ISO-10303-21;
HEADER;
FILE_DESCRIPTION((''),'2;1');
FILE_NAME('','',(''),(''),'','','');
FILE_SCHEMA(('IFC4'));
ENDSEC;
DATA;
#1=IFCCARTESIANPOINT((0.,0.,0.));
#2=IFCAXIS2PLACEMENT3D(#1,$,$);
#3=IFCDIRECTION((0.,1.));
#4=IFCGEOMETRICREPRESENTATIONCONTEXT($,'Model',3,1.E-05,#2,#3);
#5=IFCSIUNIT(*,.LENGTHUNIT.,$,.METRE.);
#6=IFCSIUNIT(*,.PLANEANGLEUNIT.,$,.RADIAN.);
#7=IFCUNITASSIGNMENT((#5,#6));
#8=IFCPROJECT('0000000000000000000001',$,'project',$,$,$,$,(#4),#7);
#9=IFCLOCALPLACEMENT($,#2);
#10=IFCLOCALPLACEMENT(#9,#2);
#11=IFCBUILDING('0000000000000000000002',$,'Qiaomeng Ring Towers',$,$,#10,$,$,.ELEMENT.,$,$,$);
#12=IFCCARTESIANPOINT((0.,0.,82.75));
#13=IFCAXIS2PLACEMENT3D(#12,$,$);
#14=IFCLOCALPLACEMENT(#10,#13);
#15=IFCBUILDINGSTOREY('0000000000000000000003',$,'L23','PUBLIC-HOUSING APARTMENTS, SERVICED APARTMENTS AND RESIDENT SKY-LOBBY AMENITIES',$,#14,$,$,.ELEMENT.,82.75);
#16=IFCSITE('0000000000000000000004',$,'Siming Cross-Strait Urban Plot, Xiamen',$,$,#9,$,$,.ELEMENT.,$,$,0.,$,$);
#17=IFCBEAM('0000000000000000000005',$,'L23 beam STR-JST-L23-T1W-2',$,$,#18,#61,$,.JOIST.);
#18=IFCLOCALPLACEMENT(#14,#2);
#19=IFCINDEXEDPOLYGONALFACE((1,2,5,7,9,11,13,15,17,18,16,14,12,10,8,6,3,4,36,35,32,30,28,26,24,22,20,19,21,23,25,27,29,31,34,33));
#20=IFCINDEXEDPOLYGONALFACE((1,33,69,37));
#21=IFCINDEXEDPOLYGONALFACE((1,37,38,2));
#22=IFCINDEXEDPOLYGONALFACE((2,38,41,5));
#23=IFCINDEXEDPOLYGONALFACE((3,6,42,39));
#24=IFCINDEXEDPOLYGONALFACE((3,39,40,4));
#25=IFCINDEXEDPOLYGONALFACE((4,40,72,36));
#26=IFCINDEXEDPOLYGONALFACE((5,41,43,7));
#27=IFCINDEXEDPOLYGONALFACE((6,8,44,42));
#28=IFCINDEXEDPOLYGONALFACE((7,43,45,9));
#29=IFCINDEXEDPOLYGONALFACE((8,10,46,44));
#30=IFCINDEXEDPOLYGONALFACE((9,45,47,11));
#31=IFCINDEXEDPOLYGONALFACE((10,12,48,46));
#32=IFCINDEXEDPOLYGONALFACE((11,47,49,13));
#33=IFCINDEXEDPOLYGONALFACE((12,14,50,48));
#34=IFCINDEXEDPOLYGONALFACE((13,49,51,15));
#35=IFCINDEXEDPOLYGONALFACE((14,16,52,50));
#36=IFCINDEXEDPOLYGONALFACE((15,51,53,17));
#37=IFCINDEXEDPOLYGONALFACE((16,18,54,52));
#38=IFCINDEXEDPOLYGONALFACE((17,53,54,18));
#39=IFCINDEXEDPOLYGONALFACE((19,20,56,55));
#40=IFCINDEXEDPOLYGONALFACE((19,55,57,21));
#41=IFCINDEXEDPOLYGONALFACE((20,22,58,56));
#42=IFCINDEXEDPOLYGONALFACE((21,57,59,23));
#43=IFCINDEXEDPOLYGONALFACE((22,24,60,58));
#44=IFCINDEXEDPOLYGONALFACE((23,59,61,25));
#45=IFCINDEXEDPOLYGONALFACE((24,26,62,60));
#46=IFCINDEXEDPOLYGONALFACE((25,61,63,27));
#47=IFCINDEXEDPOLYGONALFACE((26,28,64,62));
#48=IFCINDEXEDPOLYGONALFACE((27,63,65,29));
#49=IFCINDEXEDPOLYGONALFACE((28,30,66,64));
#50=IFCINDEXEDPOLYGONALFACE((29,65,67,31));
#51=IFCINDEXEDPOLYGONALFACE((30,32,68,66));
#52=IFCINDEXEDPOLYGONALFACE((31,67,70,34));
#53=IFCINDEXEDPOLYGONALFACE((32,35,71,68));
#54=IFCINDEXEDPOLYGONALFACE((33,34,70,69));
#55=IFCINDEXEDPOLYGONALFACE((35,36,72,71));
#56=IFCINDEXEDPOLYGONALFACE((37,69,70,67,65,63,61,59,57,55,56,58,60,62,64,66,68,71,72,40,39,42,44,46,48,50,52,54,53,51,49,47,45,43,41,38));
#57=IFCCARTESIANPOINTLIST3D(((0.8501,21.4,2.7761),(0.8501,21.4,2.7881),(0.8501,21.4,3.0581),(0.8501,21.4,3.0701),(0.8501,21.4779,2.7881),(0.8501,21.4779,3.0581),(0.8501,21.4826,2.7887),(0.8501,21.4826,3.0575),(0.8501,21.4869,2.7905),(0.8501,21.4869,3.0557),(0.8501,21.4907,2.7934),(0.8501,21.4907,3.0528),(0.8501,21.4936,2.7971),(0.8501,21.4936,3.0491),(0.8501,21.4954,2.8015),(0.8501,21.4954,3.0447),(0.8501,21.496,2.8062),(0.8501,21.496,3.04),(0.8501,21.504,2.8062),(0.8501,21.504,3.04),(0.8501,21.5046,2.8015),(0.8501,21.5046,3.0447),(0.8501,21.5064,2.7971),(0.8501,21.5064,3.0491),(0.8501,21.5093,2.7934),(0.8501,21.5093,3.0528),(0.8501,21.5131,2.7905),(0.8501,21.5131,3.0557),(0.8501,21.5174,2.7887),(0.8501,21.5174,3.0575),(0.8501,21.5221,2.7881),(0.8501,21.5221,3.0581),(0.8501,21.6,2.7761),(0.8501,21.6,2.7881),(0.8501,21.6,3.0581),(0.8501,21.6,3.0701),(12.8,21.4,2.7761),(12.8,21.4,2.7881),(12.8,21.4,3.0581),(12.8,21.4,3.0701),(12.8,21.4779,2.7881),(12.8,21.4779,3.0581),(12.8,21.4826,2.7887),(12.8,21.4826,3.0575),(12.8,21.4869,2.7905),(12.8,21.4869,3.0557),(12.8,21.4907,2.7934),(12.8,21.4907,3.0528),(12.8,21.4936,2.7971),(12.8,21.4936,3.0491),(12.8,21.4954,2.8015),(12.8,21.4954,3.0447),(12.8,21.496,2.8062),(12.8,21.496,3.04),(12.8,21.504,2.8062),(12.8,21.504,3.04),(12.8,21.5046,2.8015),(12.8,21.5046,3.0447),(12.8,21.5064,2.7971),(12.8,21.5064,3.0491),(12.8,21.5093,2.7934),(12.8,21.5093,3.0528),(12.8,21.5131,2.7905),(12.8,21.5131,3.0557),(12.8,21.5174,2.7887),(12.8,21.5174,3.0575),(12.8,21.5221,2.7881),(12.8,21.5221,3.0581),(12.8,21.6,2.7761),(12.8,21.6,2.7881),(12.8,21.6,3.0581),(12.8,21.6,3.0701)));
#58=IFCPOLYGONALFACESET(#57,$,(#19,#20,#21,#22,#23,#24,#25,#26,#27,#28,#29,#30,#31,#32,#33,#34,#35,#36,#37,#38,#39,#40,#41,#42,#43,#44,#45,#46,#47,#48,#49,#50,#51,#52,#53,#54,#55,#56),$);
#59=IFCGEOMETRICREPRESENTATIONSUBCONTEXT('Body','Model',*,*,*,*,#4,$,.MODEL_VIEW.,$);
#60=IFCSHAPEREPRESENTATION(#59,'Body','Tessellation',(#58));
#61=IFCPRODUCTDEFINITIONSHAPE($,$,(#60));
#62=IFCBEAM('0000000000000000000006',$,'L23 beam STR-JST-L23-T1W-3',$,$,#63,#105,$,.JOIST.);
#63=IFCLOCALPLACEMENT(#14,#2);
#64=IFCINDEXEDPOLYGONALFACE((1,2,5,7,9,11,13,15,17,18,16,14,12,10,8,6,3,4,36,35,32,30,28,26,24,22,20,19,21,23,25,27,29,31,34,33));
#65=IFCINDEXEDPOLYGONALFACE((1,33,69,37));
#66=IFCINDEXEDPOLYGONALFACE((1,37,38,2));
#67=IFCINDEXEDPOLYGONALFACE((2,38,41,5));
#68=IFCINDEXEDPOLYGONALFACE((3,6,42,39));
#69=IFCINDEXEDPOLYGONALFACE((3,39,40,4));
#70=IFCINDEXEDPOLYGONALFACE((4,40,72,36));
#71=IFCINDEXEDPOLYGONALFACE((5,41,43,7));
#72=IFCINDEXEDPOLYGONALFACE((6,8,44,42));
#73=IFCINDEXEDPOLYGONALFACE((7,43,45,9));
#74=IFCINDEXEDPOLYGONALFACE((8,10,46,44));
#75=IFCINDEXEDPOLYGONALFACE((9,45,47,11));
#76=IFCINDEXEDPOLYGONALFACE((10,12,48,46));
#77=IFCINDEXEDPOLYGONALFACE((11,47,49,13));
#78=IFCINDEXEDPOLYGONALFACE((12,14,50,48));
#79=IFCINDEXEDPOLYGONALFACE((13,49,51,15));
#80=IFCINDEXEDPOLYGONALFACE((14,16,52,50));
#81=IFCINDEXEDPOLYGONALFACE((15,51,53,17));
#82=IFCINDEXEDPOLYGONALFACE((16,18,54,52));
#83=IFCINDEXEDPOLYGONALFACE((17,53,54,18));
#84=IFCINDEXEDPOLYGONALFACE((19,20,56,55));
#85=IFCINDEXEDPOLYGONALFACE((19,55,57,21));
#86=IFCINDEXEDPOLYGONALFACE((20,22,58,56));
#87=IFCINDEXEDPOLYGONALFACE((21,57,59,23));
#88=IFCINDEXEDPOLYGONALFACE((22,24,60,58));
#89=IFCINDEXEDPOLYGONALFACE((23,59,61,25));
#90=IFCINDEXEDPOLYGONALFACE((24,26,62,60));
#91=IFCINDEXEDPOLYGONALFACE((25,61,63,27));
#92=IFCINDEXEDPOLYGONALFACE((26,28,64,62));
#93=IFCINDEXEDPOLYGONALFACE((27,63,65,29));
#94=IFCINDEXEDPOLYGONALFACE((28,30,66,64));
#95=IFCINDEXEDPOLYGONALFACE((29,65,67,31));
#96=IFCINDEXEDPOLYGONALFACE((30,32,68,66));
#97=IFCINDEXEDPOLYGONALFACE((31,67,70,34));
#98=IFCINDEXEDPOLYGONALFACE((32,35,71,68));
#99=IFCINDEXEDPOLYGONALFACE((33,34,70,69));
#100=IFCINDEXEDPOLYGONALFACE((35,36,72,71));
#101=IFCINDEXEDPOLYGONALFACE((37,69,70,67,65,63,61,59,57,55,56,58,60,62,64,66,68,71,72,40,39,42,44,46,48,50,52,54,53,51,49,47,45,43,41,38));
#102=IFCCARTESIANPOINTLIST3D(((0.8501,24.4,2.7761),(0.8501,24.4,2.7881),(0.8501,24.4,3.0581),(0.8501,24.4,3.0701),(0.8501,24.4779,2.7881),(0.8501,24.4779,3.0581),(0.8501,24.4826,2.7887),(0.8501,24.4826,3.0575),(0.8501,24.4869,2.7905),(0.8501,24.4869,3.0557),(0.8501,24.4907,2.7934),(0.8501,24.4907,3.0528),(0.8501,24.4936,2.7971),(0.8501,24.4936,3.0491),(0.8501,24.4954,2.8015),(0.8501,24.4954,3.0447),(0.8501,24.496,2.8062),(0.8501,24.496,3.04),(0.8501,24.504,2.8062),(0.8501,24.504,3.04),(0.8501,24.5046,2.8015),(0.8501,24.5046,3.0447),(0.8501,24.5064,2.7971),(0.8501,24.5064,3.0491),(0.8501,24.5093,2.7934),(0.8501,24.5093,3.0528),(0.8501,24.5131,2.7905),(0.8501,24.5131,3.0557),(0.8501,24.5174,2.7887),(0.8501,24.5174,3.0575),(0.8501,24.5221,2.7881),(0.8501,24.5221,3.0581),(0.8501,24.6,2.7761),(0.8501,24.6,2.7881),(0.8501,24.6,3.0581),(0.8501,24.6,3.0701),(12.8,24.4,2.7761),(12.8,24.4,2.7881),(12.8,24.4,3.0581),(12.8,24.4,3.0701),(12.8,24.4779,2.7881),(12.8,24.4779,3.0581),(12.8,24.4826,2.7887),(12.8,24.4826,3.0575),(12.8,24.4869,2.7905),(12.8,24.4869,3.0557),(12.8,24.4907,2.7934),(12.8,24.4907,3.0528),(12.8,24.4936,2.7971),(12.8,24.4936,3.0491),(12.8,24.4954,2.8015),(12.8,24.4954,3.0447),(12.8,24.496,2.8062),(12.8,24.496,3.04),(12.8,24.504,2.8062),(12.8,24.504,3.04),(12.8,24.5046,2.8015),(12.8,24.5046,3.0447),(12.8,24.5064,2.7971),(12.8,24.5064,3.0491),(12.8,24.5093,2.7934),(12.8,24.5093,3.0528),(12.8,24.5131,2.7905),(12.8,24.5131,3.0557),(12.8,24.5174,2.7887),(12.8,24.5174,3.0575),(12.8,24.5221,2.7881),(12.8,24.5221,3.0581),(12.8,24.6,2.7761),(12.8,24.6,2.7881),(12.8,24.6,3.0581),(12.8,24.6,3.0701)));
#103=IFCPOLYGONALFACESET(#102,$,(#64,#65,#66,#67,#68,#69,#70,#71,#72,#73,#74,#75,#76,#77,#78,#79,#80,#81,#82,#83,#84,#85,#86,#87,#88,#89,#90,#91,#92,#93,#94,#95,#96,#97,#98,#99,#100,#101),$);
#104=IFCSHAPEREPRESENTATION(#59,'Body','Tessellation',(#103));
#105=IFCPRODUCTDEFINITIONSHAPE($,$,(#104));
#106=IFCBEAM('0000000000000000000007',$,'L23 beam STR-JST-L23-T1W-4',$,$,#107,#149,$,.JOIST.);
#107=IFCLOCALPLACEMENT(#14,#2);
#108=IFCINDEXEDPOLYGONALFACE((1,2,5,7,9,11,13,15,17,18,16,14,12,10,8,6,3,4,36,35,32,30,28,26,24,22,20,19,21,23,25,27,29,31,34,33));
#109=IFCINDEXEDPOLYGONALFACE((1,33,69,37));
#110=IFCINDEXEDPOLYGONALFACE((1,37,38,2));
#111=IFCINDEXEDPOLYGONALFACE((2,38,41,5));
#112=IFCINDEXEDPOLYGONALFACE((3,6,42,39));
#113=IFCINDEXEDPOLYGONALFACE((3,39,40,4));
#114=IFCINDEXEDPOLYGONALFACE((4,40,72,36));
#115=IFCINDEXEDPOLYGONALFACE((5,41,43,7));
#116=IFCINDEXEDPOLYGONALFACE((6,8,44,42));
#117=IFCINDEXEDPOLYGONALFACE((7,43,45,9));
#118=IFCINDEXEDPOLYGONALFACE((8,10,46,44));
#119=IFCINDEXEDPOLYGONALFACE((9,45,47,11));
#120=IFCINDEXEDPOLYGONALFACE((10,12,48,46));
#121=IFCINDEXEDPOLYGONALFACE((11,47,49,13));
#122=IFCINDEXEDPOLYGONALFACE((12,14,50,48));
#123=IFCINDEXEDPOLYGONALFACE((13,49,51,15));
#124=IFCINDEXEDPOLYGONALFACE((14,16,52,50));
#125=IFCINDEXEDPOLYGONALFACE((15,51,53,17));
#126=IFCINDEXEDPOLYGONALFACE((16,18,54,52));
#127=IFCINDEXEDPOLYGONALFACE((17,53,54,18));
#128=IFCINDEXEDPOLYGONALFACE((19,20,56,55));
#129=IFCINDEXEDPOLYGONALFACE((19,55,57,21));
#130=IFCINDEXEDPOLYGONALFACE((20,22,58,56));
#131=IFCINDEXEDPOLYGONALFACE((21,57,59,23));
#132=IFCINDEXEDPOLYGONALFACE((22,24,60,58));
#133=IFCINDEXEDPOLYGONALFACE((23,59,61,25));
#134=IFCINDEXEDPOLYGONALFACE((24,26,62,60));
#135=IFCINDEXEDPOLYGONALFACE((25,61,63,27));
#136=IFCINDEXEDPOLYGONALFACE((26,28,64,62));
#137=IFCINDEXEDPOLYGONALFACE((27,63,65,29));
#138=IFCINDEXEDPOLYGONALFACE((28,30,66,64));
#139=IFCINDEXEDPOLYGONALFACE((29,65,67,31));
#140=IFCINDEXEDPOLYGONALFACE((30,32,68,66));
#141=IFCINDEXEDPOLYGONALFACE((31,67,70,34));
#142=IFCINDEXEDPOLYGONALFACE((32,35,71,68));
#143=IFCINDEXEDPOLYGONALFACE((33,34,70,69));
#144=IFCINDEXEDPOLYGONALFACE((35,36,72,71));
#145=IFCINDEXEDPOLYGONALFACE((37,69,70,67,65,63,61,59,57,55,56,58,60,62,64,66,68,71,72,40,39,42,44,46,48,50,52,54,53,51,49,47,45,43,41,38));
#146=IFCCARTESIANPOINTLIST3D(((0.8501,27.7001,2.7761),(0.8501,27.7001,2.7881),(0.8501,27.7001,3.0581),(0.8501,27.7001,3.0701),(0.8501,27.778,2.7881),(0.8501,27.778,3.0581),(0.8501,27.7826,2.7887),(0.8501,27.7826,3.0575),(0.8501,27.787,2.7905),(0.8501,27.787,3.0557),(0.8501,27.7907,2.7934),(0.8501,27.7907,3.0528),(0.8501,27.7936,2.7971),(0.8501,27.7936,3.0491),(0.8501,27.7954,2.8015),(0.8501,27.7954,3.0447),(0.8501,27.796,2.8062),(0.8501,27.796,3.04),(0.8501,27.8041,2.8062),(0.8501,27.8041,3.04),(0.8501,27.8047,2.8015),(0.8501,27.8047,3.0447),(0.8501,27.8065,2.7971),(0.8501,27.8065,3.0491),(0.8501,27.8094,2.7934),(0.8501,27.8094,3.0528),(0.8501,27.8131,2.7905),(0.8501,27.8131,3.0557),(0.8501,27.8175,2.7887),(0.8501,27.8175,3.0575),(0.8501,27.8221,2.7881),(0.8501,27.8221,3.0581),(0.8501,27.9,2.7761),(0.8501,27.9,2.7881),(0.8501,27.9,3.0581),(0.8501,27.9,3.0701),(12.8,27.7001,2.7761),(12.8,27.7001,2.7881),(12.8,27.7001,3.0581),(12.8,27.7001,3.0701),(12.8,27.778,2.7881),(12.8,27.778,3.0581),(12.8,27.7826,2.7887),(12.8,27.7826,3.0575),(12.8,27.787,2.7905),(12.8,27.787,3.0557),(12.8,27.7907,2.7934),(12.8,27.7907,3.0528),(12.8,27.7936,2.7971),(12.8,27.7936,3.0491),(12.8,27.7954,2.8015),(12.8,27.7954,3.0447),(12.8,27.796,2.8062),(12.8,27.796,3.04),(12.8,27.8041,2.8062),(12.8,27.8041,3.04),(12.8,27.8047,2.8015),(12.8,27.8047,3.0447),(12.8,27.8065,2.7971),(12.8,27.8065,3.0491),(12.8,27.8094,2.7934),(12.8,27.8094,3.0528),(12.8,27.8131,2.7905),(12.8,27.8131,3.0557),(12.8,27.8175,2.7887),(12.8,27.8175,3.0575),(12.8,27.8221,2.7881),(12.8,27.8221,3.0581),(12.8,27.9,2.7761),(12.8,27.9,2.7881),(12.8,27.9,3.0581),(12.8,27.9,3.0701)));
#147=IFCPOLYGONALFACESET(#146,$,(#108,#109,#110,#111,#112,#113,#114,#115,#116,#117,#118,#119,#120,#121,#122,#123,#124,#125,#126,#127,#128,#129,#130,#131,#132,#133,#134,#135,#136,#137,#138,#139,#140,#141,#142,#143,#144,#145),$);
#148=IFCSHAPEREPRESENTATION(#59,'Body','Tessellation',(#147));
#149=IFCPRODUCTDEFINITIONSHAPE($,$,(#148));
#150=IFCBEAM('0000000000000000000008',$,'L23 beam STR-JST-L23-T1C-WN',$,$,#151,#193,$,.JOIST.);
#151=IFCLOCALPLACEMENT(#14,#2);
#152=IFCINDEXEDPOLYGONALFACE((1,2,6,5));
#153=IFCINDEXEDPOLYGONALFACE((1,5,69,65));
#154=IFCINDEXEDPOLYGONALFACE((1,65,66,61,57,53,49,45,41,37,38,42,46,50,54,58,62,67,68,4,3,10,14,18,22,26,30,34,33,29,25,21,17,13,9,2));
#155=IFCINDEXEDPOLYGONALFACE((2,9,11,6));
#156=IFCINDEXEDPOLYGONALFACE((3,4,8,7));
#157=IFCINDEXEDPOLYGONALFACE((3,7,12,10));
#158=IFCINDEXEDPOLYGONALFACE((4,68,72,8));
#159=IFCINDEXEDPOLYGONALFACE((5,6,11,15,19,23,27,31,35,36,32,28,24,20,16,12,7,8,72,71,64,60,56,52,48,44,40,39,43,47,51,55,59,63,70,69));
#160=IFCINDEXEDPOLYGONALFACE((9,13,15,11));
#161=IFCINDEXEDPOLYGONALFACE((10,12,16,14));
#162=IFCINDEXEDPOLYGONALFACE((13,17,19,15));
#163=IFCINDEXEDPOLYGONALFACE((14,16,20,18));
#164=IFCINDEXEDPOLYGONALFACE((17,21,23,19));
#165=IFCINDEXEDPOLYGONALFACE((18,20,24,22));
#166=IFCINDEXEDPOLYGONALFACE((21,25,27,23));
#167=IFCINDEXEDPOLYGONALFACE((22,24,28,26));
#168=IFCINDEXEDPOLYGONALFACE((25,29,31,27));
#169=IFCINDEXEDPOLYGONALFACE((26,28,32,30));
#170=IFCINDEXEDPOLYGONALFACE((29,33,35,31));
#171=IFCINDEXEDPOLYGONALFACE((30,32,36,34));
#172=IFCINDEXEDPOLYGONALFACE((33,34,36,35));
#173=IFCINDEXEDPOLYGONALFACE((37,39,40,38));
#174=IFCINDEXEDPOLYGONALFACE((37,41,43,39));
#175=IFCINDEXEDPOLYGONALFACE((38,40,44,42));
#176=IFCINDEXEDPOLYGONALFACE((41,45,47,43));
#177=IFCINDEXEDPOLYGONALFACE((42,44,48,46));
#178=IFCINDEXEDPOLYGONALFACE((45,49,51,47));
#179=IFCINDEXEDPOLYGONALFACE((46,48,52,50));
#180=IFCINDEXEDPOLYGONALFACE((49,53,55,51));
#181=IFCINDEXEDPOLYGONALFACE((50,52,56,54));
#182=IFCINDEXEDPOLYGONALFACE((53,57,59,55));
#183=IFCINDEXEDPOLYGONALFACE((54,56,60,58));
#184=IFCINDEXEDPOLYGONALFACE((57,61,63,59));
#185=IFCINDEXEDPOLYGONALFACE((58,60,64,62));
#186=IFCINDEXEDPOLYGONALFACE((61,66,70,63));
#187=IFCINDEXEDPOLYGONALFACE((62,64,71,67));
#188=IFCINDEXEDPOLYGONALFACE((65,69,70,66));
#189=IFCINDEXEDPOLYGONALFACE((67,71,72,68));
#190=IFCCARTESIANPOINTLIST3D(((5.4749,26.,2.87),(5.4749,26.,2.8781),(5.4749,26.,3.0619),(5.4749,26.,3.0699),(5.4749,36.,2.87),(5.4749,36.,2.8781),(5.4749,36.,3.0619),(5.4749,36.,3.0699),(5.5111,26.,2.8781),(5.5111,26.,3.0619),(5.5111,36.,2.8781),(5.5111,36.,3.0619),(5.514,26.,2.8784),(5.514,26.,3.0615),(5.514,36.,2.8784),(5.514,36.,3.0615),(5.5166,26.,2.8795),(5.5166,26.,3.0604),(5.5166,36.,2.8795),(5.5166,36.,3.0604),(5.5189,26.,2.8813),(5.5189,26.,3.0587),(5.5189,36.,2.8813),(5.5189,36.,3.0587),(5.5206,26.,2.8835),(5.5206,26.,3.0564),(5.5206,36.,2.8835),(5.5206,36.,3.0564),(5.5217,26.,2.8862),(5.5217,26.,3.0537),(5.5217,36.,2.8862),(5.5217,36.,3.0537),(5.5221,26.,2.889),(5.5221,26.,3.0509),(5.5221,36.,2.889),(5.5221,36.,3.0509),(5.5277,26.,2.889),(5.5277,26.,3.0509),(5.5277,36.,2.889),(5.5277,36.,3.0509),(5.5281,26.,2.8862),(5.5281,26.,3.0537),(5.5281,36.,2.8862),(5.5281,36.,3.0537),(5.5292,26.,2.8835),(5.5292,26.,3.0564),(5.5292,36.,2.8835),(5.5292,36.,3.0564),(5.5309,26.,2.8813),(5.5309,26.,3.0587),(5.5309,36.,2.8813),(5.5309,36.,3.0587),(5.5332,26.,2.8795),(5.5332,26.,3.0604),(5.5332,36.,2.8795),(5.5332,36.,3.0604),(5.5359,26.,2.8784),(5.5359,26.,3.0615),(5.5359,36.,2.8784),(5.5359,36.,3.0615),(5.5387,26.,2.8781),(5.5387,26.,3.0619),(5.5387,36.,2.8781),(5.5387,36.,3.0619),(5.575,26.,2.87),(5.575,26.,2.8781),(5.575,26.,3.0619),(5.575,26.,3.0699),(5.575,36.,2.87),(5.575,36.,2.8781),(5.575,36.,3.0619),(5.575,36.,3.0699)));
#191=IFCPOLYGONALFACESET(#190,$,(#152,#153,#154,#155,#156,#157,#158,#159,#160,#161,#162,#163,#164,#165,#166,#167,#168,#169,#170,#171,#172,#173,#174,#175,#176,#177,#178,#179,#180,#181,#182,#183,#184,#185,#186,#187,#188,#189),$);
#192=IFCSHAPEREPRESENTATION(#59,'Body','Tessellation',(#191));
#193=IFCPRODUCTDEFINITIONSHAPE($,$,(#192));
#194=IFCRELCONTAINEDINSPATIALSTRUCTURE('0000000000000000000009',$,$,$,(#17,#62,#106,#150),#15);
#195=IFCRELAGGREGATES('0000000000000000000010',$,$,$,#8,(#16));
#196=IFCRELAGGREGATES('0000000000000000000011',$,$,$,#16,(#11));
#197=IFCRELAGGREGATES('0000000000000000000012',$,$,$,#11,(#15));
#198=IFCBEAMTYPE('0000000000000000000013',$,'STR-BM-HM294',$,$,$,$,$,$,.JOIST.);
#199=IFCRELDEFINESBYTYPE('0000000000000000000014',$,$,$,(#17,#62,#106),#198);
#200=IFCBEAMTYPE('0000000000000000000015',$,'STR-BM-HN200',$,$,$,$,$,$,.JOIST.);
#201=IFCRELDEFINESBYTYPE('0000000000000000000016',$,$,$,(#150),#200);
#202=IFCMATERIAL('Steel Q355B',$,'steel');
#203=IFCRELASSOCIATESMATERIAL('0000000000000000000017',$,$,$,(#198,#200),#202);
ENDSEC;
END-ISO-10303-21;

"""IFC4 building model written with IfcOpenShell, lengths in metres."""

from ifc_helpers import new_model, si_unit, direction, frame, origin, origin_2d, place, context, subcontext, project, spatial, i_section, extrude, source, transform, mapped, material, material_profile, profile_set, type_object, element, save


model = new_model("IFC4")

# Units and contexts
model_context = context("Model", 3, precision=1e-05, world=origin(), true_north=direction((0.0, 1.0)))
body_context = subcontext(model_context, "Body", "Model", "MODEL_VIEW")
ifc_project = project(units=[si_unit("LENGTHUNIT", "METRE"), si_unit("PLANEANGLEUNIT", "RADIAN")], contexts=[model_context])

# Site, building, storey
site_placement = place(None, origin())
site = spatial("IfcSite", under=ifc_project, at=site_placement, Name="Siming Cross-Strait Urban Plot, Xiamen", CompositionType="ELEMENT", RefElevation=0.0)
building_placement = place(site_placement, origin())
building = spatial("IfcBuilding", under=site, at=building_placement, Name="Qiaomeng Ring Towers", CompositionType="ELEMENT")
storey_placement = place(building_placement, frame((0.0, 0.0, 82.75)))
storey = spatial("IfcBuildingStorey", under=building, at=storey_placement, Name="L23", Description="PUBLIC-HOUSING APARTMENTS, SERVICED APARTMENTS AND RESIDENT SKY-LOBBY AMENITIES", CompositionType="ELEMENT", Elevation=82.75)

# Beams
ifc_material_1 = material(Name="Steel Q355B", Category="steel")
ifc_material_profile_1 = material_profile(ifc_material_1, i_section(OverallWidth=0.2, OverallDepth=0.2939, WebThickness=0.0081, FlangeThickness=0.012, FilletRadius=0.0181, at=origin_2d()), Name="HM 294x200x8x12")
ifc_profile_set_1 = profile_set([ifc_material_profile_1], Name="Steel Q355B")
beam_type_1 = type_object("IfcBeamType", Name="STR-BM-HM294", PredefinedType="JOIST", material=ifc_profile_set_1)
shared_shape_1 = source(origin(), body_context, "Body", "SweptSolid", [
    extrude(i_section(OverallWidth=0.2, OverallDepth=0.2939, WebThickness=0.0081, FlangeThickness=0.012, FilletRadius=0.0181, at=origin_2d()), origin(), (0.0, 0.0, 1.0), 11.95),
])
for number, where, z_axis, x_axis, name in (
    (1, (0.8501, 21.5, 2.9231), (1.0, 0.0, 0.0), (0.0, 1.0, 0.0), "L23 beam STR-JST-L23-T1W-2"),
    (2, (0.8501, 24.5, 2.9231), (1.0, 0.0, 0.0), (0.0, 1.0, 0.0), "L23 beam STR-JST-L23-T1W-3"),
    (3, (0.8501, 27.8, 2.9231), (1.0, 0.0, 0.0), (0.0, 1.0, 0.0), "L23 beam STR-JST-L23-T1W-4"),
):
    element("IfcBeam", number, at=place(storey_placement, frame(where, z_axis=z_axis, x_axis=x_axis)), inside=storey, type_object=beam_type_1, Name=name, PredefinedType="JOIST", context=body_context, shape_type="MappedRepresentation", body=[
        mapped(shared_shape_1, transform((0.0, 0.0, 0.0), x_axis=(1.0, 0.0, 0.0), y_axis=(0.0, 1.0, 0.0), z_axis=(0.0, 0.0, 1.0), scale=1.0)),
    ])
ifc_material_profile_2 = material_profile(ifc_material_1, i_section(OverallWidth=0.1001, OverallDepth=0.2, WebThickness=0.0056, FlangeThickness=0.0081, FilletRadius=0.011, at=origin_2d()), Name="HN 200x100x5.5x8")
ifc_profile_set_2 = profile_set([ifc_material_profile_2], Name="Steel Q355B")
beam_type_2 = type_object("IfcBeamType", Name="STR-BM-HN200", PredefinedType="JOIST", material=ifc_profile_set_2)
shared_shape_2 = source(origin(), body_context, "Body", "SweptSolid", [
    extrude(i_section(OverallWidth=0.1001, OverallDepth=0.2, WebThickness=0.0056, FlangeThickness=0.0081, FilletRadius=0.011, at=origin_2d()), origin(), (0.0, 0.0, 1.0), 10.0),
])
beam_1_placement = place(storey_placement, frame((5.5249, 26.0, 2.97), z_axis=(0.0, 1.0, 0.0), x_axis=(-1.0, 0.0, 0.0)))
element("IfcBeam", 4, at=beam_1_placement, inside=storey, type_object=beam_type_2, Name="L23 beam STR-JST-L23-T1C-WN", PredefinedType="JOIST", context=body_context, shape_type="MappedRepresentation", body=[
    mapped(shared_shape_2, transform((0.0, 0.0, 0.0), x_axis=(1.0, 0.0, 0.0), y_axis=(0.0, 1.0, 0.0), z_axis=(0.0, 0.0, 1.0), scale=1.0)),
])

save(model, "model.ifc")
